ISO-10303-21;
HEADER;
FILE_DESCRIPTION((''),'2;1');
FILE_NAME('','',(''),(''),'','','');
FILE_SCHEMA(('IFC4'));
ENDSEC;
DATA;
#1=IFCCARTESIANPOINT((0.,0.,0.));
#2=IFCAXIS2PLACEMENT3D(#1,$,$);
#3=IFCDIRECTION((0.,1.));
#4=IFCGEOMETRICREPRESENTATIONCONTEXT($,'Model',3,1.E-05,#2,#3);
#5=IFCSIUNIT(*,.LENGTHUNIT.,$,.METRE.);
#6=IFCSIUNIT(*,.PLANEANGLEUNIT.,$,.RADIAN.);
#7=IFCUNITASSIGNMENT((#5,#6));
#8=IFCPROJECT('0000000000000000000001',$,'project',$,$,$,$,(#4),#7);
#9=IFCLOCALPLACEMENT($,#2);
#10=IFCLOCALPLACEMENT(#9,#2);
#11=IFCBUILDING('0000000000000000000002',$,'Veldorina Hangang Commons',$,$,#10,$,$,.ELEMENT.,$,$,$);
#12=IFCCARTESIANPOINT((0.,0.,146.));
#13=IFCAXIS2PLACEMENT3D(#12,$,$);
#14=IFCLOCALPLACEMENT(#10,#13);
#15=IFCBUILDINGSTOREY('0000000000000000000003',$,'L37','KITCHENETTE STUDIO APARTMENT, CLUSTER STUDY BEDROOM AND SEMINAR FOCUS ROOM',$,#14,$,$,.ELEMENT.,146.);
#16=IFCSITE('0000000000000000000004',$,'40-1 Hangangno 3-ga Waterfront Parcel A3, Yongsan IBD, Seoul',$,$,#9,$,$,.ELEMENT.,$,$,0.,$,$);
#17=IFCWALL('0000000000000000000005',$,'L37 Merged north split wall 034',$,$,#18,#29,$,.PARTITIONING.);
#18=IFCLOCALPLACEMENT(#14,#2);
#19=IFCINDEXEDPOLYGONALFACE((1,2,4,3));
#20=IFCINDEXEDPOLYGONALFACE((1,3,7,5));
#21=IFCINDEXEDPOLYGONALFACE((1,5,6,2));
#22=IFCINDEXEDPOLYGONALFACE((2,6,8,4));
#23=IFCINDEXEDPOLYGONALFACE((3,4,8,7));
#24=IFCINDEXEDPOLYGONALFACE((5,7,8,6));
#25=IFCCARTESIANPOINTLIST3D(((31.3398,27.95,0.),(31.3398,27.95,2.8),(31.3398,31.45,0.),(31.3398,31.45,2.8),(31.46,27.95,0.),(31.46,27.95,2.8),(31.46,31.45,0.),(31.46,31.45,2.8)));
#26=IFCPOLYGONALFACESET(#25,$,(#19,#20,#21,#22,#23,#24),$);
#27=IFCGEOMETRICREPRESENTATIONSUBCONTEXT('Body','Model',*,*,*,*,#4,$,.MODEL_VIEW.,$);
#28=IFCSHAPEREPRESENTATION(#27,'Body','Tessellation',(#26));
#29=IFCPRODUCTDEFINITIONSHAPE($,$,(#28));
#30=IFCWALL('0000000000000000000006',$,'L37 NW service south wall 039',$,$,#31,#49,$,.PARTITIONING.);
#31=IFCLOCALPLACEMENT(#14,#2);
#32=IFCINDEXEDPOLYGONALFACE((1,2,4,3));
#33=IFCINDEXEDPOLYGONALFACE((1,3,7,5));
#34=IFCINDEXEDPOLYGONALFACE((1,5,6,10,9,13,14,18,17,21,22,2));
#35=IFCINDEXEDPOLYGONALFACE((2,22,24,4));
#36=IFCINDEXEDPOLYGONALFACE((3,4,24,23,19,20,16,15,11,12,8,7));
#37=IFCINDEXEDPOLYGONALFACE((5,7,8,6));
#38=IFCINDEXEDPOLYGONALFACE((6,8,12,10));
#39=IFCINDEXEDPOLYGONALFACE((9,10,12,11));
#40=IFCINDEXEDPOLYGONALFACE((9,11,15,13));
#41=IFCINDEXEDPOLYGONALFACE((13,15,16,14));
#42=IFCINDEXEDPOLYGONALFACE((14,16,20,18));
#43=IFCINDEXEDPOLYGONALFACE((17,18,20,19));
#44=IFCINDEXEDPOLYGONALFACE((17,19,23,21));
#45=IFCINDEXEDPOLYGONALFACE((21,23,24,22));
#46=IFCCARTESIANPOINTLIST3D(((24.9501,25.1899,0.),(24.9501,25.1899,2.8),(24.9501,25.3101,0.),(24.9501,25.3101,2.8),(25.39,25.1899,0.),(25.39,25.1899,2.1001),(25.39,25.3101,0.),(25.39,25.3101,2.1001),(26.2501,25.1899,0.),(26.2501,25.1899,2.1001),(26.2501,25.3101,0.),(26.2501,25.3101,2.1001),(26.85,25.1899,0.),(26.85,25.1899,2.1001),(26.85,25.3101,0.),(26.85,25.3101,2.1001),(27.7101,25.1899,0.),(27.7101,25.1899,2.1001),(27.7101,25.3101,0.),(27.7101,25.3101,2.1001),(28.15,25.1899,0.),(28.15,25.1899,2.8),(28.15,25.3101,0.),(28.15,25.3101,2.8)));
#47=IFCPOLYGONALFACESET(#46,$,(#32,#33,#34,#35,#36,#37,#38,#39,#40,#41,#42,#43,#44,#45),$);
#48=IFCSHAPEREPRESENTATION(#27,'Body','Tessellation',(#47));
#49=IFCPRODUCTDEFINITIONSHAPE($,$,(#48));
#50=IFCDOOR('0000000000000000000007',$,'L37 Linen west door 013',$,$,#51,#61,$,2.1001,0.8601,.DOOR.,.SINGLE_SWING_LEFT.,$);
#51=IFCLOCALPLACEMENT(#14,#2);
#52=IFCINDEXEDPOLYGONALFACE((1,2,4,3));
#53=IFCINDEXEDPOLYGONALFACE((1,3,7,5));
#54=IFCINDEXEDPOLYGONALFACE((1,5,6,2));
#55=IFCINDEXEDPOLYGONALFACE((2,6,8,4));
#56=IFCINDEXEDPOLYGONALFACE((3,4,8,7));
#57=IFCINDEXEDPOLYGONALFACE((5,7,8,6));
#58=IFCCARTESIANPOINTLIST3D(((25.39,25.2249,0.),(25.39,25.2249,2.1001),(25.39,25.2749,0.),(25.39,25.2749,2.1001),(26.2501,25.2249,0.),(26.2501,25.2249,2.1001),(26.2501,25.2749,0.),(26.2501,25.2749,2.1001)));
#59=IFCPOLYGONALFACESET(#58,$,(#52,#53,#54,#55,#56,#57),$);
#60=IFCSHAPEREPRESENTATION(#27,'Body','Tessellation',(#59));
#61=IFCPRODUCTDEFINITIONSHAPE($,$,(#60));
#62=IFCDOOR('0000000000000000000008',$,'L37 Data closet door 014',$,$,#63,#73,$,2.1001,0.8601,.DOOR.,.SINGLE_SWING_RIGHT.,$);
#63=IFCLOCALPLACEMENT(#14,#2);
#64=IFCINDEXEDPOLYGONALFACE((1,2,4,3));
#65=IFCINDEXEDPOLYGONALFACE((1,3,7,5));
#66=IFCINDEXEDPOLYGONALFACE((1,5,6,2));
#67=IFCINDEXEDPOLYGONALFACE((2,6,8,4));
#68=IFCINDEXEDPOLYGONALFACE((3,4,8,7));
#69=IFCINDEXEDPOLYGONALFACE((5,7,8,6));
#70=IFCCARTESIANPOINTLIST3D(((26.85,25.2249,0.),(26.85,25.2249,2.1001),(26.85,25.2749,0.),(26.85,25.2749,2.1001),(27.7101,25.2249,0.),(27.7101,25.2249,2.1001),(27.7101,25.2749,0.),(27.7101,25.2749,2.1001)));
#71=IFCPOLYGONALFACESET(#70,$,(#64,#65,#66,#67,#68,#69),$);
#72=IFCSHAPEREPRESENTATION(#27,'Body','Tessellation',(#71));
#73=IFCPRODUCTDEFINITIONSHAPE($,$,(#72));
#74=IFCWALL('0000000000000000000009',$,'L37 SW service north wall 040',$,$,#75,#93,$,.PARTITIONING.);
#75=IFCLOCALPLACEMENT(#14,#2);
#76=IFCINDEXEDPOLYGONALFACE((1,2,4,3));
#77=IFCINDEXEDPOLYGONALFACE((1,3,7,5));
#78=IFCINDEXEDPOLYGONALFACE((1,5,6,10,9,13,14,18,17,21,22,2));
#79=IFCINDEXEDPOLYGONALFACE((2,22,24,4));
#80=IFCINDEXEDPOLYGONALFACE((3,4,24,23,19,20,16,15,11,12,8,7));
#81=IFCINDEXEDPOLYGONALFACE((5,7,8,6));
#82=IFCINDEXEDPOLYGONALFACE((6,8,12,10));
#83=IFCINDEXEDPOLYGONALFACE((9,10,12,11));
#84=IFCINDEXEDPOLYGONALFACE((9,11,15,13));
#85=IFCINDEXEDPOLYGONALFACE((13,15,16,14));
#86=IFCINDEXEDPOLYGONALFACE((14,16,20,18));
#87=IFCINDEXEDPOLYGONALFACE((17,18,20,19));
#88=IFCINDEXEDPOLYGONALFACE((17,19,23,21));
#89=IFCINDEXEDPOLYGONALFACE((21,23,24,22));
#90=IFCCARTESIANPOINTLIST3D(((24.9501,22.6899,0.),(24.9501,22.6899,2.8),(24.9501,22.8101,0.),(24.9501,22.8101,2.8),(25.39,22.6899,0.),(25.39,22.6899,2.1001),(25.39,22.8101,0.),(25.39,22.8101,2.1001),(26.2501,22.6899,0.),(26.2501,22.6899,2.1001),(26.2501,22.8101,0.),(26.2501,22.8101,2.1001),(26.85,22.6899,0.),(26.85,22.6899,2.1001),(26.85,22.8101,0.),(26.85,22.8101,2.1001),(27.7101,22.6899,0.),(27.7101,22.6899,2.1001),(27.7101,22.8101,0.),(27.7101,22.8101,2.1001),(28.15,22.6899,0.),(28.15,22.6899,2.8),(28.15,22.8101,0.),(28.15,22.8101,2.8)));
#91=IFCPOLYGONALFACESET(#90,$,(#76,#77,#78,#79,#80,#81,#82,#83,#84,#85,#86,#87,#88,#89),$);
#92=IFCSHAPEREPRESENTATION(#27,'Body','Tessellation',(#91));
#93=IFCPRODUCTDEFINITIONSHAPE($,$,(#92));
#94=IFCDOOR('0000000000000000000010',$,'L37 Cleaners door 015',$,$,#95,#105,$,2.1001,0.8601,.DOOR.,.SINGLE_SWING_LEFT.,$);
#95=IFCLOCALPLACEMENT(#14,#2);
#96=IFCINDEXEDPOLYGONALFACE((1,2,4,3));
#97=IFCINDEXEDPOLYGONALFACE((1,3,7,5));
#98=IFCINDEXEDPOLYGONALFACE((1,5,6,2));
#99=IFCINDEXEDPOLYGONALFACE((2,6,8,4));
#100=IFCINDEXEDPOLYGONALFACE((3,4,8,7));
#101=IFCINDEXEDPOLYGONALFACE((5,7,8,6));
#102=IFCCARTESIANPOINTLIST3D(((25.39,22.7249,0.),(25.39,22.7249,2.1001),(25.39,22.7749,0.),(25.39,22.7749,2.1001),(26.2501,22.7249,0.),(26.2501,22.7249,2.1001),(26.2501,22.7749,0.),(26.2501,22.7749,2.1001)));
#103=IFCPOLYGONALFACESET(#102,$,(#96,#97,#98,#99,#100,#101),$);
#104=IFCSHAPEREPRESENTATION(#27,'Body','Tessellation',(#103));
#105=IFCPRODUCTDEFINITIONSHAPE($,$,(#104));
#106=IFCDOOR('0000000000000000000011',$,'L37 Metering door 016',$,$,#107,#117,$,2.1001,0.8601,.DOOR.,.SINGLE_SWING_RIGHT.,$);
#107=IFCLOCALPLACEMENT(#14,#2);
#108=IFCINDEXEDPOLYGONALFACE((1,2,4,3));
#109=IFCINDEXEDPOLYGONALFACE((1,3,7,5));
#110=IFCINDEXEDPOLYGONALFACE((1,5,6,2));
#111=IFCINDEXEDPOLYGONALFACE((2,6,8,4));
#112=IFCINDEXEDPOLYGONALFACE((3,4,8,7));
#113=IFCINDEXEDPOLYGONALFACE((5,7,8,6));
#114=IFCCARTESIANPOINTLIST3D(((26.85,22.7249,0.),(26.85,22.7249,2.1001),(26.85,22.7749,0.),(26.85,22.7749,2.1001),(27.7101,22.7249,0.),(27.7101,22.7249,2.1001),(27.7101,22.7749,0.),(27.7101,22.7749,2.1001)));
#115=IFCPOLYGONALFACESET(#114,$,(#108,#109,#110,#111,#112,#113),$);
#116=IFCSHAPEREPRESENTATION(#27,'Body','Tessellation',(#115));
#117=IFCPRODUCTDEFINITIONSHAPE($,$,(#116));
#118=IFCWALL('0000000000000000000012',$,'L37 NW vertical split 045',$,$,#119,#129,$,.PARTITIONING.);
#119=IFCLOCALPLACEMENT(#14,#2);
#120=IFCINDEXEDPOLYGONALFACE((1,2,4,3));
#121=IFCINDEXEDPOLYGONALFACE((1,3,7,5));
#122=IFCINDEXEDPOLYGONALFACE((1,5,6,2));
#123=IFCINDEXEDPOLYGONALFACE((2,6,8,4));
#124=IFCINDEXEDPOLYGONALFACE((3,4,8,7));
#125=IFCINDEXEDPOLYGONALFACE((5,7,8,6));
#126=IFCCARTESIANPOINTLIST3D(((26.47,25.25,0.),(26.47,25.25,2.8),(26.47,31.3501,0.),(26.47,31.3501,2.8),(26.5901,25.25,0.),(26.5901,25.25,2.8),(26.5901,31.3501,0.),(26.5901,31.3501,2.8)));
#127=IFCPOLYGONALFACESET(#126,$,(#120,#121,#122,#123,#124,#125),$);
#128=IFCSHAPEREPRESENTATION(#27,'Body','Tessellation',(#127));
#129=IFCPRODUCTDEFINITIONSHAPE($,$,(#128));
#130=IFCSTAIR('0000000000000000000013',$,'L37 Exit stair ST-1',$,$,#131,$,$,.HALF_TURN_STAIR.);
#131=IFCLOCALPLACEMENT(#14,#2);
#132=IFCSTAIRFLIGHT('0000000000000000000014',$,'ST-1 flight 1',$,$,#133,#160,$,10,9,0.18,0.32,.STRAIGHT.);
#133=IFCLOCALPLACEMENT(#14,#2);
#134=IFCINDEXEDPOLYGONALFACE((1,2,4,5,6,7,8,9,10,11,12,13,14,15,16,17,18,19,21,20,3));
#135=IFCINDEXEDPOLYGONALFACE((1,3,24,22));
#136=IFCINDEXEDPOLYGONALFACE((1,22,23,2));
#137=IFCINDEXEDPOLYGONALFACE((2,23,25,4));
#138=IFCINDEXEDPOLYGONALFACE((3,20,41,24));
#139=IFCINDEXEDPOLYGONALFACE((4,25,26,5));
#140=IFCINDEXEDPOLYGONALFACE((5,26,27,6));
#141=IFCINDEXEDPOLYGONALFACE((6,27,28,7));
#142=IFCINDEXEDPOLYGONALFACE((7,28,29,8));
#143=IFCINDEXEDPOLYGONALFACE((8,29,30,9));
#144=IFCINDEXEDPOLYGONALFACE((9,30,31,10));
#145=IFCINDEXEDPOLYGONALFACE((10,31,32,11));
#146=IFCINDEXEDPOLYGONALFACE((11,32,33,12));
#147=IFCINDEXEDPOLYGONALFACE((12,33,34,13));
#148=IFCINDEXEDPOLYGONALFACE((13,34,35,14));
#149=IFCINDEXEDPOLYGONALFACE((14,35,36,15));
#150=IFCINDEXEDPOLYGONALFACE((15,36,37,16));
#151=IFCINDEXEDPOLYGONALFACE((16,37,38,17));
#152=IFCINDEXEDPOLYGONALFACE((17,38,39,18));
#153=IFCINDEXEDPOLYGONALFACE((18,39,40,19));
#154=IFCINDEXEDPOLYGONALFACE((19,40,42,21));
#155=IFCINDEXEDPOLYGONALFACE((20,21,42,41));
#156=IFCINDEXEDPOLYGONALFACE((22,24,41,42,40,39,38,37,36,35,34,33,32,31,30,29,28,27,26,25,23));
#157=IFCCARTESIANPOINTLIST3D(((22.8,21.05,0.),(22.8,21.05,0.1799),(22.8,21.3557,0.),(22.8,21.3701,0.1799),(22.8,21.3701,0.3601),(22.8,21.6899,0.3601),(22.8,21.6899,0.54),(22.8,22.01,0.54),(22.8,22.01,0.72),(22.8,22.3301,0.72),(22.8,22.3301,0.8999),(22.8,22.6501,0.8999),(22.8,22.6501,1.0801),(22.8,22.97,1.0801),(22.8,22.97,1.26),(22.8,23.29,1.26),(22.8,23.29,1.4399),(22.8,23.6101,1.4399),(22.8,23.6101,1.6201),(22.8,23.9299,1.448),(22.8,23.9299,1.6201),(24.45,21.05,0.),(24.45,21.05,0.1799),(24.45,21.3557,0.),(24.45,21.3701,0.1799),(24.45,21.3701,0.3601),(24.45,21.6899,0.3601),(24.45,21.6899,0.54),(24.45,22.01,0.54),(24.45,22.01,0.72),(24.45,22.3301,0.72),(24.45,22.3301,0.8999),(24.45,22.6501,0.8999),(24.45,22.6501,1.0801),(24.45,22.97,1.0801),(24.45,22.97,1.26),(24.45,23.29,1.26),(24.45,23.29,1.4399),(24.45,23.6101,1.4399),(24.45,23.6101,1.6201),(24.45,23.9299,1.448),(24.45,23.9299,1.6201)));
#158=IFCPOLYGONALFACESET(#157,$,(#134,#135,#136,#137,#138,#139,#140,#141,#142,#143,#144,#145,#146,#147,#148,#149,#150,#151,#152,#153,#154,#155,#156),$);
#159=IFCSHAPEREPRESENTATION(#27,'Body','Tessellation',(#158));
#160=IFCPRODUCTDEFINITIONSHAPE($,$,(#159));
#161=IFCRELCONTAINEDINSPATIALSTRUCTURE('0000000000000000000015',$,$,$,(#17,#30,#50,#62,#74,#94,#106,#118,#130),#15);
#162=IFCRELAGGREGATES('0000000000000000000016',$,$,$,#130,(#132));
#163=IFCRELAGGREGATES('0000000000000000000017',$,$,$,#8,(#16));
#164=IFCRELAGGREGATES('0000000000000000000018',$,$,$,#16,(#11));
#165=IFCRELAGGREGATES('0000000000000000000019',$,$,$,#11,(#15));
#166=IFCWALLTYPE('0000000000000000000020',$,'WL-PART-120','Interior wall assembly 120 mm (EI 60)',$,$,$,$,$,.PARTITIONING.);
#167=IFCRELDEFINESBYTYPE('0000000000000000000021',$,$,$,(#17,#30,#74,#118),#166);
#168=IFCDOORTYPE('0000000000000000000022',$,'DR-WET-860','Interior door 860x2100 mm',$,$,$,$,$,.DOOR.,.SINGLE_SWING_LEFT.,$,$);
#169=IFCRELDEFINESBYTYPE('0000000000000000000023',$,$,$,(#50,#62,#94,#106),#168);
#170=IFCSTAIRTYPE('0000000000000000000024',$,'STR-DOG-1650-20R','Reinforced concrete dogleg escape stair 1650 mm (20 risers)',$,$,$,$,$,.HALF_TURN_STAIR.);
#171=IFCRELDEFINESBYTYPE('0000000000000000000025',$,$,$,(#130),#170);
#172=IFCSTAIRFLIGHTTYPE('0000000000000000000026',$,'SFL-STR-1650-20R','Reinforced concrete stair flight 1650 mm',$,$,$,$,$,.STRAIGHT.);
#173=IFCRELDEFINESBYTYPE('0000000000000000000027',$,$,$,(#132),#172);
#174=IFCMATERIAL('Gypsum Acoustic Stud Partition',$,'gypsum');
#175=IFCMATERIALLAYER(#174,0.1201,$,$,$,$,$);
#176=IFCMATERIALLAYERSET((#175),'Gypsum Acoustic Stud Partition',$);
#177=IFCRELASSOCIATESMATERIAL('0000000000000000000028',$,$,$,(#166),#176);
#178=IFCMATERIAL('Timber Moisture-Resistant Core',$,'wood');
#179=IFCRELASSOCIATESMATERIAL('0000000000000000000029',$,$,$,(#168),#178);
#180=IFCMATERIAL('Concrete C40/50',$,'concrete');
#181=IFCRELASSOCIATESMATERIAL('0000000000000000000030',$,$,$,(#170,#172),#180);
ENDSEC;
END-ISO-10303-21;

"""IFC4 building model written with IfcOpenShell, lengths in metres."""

from ifc_helpers import new_model, si_unit, direction, frame, frame_2d, origin, place, context, subcontext, project, spatial, polyline, rectangle, outline, extrude, material, layer, layer_set, type_object, element, fill, aggregate, save


model = new_model("IFC4")

# Units and contexts
model_context = context("Model", 3, precision=1e-05, world=origin(), true_north=direction((0.0, 1.0)))
body_context = subcontext(model_context, "Body", "Model", "MODEL_VIEW")
ifc_project = project(units=[si_unit("LENGTHUNIT", "METRE"), si_unit("PLANEANGLEUNIT", "RADIAN")], contexts=[model_context])

# Site, building, storey
site_placement = place(None, origin())
site = spatial("IfcSite", under=ifc_project, at=site_placement, Name="40-1 Hangangno 3-ga Waterfront Parcel A3, Yongsan IBD, Seoul", CompositionType="ELEMENT", RefElevation=0.0)
building_placement = place(site_placement, origin())
building = spatial("IfcBuilding", under=site, at=building_placement, Name="Veldorina Hangang Commons", CompositionType="ELEMENT")
storey_placement = place(building_placement, frame((0.0, 0.0, 146.0)))
storey = spatial("IfcBuildingStorey", under=building, at=storey_placement, Name="L37", Description="KITCHENETTE STUDIO APARTMENT, CLUSTER STUDY BEDROOM AND SEMINAR FOCUS ROOM", CompositionType="ELEMENT", Elevation=146.0)

# Wall
ifc_material_1 = material(Name="Gypsum Acoustic Stud Partition", Category="gypsum")
ifc_layer_1 = layer(ifc_material_1, 0.1201)
ifc_layer_set_1 = layer_set([ifc_layer_1], Name="Gypsum Acoustic Stud Partition")
wall_type_1 = type_object("IfcWallType", Name="WL-PART-120", Description="Interior wall assembly 120 mm (EI 60)", PredefinedType="PARTITIONING", material=ifc_layer_set_1)
wall_1_placement = place(storey_placement, frame((31.3999, 27.95, 0.0), z_axis=(0.0, 0.0, 1.0), x_axis=(0.0, 1.0, 0.0)))
element("IfcWall", 1, at=wall_1_placement, inside=storey, type_object=wall_type_1, Name="L37 Merged north split wall 034", PredefinedType="PARTITIONING", context=body_context, shape_type="SweptSolid", body=[
    extrude(rectangle(XDim=3.5, YDim=0.1201, at=frame_2d((1.75, 0.0))), origin(), (0.0, 0.0, 1.0), 2.8),
])

# Walls, openings, doors
wall_2_placement = place(storey_placement, frame((24.95, 25.25, 0.0), z_axis=(0.0, 0.0, 1.0), x_axis=(1.0, 0.0, 0.0)))
wall_2 = element("IfcWall", 2, at=wall_2_placement, inside=storey, type_object=wall_type_1, Name="L37 NW service south wall 039", PredefinedType="PARTITIONING", context=body_context, shape_type="SweptSolid", body=[
    extrude(rectangle(XDim=3.2, YDim=0.1201, at=frame_2d((1.6001, 0.0))), origin(), (0.0, 0.0, 1.0), 2.8),
])
opening_1_placement = place(wall_2_placement, frame((0.4399, 0.0, 0.0)))
opening_1 = element("IfcOpeningElement", 3, at=opening_1_placement, cuts=wall_2, PredefinedType="OPENING", context=body_context, shape_type="SweptSolid", body=[
    extrude(rectangle(XDim=0.8601, YDim=2.1001, at=frame_2d((0.4302, 1.05))), frame((0.0, 0.0701, 0.0), z_axis=(0.0, -1.0, 0.0), x_axis=(1.0, 0.0, 0.0)), (0.0, 0.0, 1.0), 0.1401),
])
opening_2_placement = place(wall_2_placement, frame((1.8999, 0.0, 0.0)))
opening_2 = element("IfcOpeningElement", 4, at=opening_2_placement, cuts=wall_2, PredefinedType="OPENING", context=body_context, shape_type="SweptSolid", body=[
    extrude(rectangle(XDim=0.8601, YDim=2.1001, at=frame_2d((0.4302, 1.05))), frame((0.0, 0.0701, 0.0), z_axis=(0.0, -1.0, 0.0), x_axis=(1.0, 0.0, 0.0)), (0.0, 0.0, 1.0), 0.1401),
])
ifc_material_2 = material(Name="Timber Moisture-Resistant Core", Category="wood")
door_type_1 = type_object("IfcDoorType", Name="DR-WET-860", Description="Interior door 860x2100 mm", OperationType="SINGLE_SWING_LEFT", PredefinedType="DOOR", material=ifc_material_2)
door_1_placement = place(opening_1_placement, origin())
door_1 = element("IfcDoor", 5, at=door_1_placement, inside=storey, type_object=door_type_1, Name="L37 Linen west door 013", OperationType="SINGLE_SWING_LEFT", OverallHeight=2.1001, OverallWidth=0.8601, PredefinedType="DOOR", context=body_context, shape_type="SweptSolid", body=[
    extrude(rectangle(XDim=0.8601, YDim=2.1001, at=frame_2d((0.4302, 1.05))), frame((0.0, 0.0249, 0.0), z_axis=(0.0, -1.0, 0.0), x_axis=(1.0, 0.0, 0.0)), (0.0, 0.0, 1.0), 0.05),
])
fill(opening_1, door_1)
door_2_placement = place(opening_2_placement, origin())
door_2 = element("IfcDoor", 6, at=door_2_placement, inside=storey, type_object=door_type_1, Name="L37 Data closet door 014", OperationType="SINGLE_SWING_RIGHT", OverallHeight=2.1001, OverallWidth=0.8601, PredefinedType="DOOR", context=body_context, shape_type="SweptSolid", body=[
    extrude(rectangle(XDim=0.8601, YDim=2.1001, at=frame_2d((0.4302, 1.05))), frame((0.0, 0.0249, 0.0), z_axis=(0.0, -1.0, 0.0), x_axis=(1.0, 0.0, 0.0)), (0.0, 0.0, 1.0), 0.05),
])
fill(opening_2, door_2)
wall_3_placement = place(storey_placement, frame((24.95, 22.75, 0.0), z_axis=(0.0, 0.0, 1.0), x_axis=(1.0, 0.0, 0.0)))
wall_3 = element("IfcWall", 7, at=wall_3_placement, inside=storey, type_object=wall_type_1, Name="L37 SW service north wall 040", PredefinedType="PARTITIONING", context=body_context, shape_type="SweptSolid", body=[
    extrude(rectangle(XDim=3.2, YDim=0.1201, at=frame_2d((1.6001, 0.0))), origin(), (0.0, 0.0, 1.0), 2.8),
])
opening_3_placement = place(wall_3_placement, frame((0.4399, 0.0, 0.0)))
opening_3 = element("IfcOpeningElement", 8, at=opening_3_placement, cuts=wall_3, PredefinedType="OPENING", context=body_context, shape_type="SweptSolid", body=[
    extrude(rectangle(XDim=0.8601, YDim=2.1001, at=frame_2d((0.4302, 1.05))), frame((0.0, 0.0701, 0.0), z_axis=(0.0, -1.0, 0.0), x_axis=(1.0, 0.0, 0.0)), (0.0, 0.0, 1.0), 0.1401),
])
opening_4_placement = place(wall_3_placement, frame((1.8999, 0.0, 0.0)))
opening_4 = element("IfcOpeningElement", 9, at=opening_4_placement, cuts=wall_3, PredefinedType="OPENING", context=body_context, shape_type="SweptSolid", body=[
    extrude(rectangle(XDim=0.8601, YDim=2.1001, at=frame_2d((0.4302, 1.05))), frame((0.0, 0.0701, 0.0), z_axis=(0.0, -1.0, 0.0), x_axis=(1.0, 0.0, 0.0)), (0.0, 0.0, 1.0), 0.1401),
])
door_3_placement = place(opening_3_placement, origin())
door_3 = element("IfcDoor", 10, at=door_3_placement, inside=storey, type_object=door_type_1, Name="L37 Cleaners door 015", OperationType="SINGLE_SWING_LEFT", OverallHeight=2.1001, OverallWidth=0.8601, PredefinedType="DOOR", context=body_context, shape_type="SweptSolid", body=[
    extrude(rectangle(XDim=0.8601, YDim=2.1001, at=frame_2d((0.4302, 1.05))), frame((0.0, 0.0249, 0.0), z_axis=(0.0, -1.0, 0.0), x_axis=(1.0, 0.0, 0.0)), (0.0, 0.0, 1.0), 0.05),
])
fill(opening_3, door_3)
door_4_placement = place(opening_4_placement, origin())
door_4 = element("IfcDoor", 11, at=door_4_placement, inside=storey, type_object=door_type_1, Name="L37 Metering door 016", OperationType="SINGLE_SWING_RIGHT", OverallHeight=2.1001, OverallWidth=0.8601, PredefinedType="DOOR", context=body_context, shape_type="SweptSolid", body=[
    extrude(rectangle(XDim=0.8601, YDim=2.1001, at=frame_2d((0.4302, 1.05))), frame((0.0, 0.0249, 0.0), z_axis=(0.0, -1.0, 0.0), x_axis=(1.0, 0.0, 0.0)), (0.0, 0.0, 1.0), 0.05),
])
fill(opening_4, door_4)

# Wall
wall_4_placement = place(storey_placement, frame((26.53, 25.25, 0.0), z_axis=(0.0, 0.0, 1.0), x_axis=(0.0, 1.0, 0.0)))
element("IfcWall", 12, at=wall_4_placement, inside=storey, type_object=wall_type_1, Name="L37 NW vertical split 045", PredefinedType="PARTITIONING", context=body_context, shape_type="SweptSolid", body=[
    extrude(rectangle(XDim=6.1001, YDim=0.1201, at=frame_2d((3.05, 0.0))), origin(), (0.0, 0.0, 1.0), 2.8),
])

# Stair, stair flight
ifc_material_3 = material(Name="Concrete C40/50", Category="concrete")
stair_type = type_object("IfcStairType", Name="STR-DOG-1650-20R", Description="Reinforced concrete dogleg escape stair 1650 mm (20 risers)", PredefinedType="HALF_TURN_STAIR", material=ifc_material_3)
stair_placement = place(storey_placement, origin())
stair = element("IfcStair", 13, at=stair_placement, inside=storey, type_object=stair_type, Name="L37 Exit stair ST-1", PredefinedType="HALF_TURN_STAIR")
stair_flight_type = type_object("IfcStairFlightType", Name="SFL-STR-1650-20R", Description="Reinforced concrete stair flight 1650 mm", PredefinedType="STRAIGHT", material=ifc_material_3)
stair_flight_1_placement = place(storey_placement, frame((23.625, 21.05, 0.0), z_axis=(0.0, 0.0, 1.0), x_axis=(0.0, 1.0, 0.0)))
stair_flight_1 = element("IfcStairFlight", 14, at=stair_flight_1_placement, type_object=stair_flight_type, Name="ST-1 flight 1", NumberOfRisers=10, NumberOfTreads=9, PredefinedType="STRAIGHT", RiserHeight=0.18, TreadLength=0.32, context=body_context, shape_type="SweptSolid", body=[
    extrude(outline(polyline([(0.0, 0.0), (0.0, 0.1799), (0.3201, 0.1799), (0.3201, 0.3601), (0.6399, 0.3601), (0.6399, 0.54), (0.96, 0.54), (0.96, 0.72), (1.28, 0.72), (1.28, 0.8999), (1.6001, 0.8999), (1.6001, 1.0801), (1.9199, 1.0801), (1.9199, 1.26), (2.24, 1.26), (2.24, 1.4399), (2.5601, 1.4399), (2.5601, 1.6201), (2.8799, 1.6201), (2.8799, 1.8), (2.8799, 1.448), (0.3057, 0.0), (0.0, 0.0)])), frame((0.0, 0.825, 0.0), z_axis=(0.0, -1.0, 0.0), x_axis=(1.0, 0.0, 0.0)), (0.0, 0.0, 1.0), 1.6499),
])
aggregate(stair, [stair_flight_1])

save(model, "model.ifc")
